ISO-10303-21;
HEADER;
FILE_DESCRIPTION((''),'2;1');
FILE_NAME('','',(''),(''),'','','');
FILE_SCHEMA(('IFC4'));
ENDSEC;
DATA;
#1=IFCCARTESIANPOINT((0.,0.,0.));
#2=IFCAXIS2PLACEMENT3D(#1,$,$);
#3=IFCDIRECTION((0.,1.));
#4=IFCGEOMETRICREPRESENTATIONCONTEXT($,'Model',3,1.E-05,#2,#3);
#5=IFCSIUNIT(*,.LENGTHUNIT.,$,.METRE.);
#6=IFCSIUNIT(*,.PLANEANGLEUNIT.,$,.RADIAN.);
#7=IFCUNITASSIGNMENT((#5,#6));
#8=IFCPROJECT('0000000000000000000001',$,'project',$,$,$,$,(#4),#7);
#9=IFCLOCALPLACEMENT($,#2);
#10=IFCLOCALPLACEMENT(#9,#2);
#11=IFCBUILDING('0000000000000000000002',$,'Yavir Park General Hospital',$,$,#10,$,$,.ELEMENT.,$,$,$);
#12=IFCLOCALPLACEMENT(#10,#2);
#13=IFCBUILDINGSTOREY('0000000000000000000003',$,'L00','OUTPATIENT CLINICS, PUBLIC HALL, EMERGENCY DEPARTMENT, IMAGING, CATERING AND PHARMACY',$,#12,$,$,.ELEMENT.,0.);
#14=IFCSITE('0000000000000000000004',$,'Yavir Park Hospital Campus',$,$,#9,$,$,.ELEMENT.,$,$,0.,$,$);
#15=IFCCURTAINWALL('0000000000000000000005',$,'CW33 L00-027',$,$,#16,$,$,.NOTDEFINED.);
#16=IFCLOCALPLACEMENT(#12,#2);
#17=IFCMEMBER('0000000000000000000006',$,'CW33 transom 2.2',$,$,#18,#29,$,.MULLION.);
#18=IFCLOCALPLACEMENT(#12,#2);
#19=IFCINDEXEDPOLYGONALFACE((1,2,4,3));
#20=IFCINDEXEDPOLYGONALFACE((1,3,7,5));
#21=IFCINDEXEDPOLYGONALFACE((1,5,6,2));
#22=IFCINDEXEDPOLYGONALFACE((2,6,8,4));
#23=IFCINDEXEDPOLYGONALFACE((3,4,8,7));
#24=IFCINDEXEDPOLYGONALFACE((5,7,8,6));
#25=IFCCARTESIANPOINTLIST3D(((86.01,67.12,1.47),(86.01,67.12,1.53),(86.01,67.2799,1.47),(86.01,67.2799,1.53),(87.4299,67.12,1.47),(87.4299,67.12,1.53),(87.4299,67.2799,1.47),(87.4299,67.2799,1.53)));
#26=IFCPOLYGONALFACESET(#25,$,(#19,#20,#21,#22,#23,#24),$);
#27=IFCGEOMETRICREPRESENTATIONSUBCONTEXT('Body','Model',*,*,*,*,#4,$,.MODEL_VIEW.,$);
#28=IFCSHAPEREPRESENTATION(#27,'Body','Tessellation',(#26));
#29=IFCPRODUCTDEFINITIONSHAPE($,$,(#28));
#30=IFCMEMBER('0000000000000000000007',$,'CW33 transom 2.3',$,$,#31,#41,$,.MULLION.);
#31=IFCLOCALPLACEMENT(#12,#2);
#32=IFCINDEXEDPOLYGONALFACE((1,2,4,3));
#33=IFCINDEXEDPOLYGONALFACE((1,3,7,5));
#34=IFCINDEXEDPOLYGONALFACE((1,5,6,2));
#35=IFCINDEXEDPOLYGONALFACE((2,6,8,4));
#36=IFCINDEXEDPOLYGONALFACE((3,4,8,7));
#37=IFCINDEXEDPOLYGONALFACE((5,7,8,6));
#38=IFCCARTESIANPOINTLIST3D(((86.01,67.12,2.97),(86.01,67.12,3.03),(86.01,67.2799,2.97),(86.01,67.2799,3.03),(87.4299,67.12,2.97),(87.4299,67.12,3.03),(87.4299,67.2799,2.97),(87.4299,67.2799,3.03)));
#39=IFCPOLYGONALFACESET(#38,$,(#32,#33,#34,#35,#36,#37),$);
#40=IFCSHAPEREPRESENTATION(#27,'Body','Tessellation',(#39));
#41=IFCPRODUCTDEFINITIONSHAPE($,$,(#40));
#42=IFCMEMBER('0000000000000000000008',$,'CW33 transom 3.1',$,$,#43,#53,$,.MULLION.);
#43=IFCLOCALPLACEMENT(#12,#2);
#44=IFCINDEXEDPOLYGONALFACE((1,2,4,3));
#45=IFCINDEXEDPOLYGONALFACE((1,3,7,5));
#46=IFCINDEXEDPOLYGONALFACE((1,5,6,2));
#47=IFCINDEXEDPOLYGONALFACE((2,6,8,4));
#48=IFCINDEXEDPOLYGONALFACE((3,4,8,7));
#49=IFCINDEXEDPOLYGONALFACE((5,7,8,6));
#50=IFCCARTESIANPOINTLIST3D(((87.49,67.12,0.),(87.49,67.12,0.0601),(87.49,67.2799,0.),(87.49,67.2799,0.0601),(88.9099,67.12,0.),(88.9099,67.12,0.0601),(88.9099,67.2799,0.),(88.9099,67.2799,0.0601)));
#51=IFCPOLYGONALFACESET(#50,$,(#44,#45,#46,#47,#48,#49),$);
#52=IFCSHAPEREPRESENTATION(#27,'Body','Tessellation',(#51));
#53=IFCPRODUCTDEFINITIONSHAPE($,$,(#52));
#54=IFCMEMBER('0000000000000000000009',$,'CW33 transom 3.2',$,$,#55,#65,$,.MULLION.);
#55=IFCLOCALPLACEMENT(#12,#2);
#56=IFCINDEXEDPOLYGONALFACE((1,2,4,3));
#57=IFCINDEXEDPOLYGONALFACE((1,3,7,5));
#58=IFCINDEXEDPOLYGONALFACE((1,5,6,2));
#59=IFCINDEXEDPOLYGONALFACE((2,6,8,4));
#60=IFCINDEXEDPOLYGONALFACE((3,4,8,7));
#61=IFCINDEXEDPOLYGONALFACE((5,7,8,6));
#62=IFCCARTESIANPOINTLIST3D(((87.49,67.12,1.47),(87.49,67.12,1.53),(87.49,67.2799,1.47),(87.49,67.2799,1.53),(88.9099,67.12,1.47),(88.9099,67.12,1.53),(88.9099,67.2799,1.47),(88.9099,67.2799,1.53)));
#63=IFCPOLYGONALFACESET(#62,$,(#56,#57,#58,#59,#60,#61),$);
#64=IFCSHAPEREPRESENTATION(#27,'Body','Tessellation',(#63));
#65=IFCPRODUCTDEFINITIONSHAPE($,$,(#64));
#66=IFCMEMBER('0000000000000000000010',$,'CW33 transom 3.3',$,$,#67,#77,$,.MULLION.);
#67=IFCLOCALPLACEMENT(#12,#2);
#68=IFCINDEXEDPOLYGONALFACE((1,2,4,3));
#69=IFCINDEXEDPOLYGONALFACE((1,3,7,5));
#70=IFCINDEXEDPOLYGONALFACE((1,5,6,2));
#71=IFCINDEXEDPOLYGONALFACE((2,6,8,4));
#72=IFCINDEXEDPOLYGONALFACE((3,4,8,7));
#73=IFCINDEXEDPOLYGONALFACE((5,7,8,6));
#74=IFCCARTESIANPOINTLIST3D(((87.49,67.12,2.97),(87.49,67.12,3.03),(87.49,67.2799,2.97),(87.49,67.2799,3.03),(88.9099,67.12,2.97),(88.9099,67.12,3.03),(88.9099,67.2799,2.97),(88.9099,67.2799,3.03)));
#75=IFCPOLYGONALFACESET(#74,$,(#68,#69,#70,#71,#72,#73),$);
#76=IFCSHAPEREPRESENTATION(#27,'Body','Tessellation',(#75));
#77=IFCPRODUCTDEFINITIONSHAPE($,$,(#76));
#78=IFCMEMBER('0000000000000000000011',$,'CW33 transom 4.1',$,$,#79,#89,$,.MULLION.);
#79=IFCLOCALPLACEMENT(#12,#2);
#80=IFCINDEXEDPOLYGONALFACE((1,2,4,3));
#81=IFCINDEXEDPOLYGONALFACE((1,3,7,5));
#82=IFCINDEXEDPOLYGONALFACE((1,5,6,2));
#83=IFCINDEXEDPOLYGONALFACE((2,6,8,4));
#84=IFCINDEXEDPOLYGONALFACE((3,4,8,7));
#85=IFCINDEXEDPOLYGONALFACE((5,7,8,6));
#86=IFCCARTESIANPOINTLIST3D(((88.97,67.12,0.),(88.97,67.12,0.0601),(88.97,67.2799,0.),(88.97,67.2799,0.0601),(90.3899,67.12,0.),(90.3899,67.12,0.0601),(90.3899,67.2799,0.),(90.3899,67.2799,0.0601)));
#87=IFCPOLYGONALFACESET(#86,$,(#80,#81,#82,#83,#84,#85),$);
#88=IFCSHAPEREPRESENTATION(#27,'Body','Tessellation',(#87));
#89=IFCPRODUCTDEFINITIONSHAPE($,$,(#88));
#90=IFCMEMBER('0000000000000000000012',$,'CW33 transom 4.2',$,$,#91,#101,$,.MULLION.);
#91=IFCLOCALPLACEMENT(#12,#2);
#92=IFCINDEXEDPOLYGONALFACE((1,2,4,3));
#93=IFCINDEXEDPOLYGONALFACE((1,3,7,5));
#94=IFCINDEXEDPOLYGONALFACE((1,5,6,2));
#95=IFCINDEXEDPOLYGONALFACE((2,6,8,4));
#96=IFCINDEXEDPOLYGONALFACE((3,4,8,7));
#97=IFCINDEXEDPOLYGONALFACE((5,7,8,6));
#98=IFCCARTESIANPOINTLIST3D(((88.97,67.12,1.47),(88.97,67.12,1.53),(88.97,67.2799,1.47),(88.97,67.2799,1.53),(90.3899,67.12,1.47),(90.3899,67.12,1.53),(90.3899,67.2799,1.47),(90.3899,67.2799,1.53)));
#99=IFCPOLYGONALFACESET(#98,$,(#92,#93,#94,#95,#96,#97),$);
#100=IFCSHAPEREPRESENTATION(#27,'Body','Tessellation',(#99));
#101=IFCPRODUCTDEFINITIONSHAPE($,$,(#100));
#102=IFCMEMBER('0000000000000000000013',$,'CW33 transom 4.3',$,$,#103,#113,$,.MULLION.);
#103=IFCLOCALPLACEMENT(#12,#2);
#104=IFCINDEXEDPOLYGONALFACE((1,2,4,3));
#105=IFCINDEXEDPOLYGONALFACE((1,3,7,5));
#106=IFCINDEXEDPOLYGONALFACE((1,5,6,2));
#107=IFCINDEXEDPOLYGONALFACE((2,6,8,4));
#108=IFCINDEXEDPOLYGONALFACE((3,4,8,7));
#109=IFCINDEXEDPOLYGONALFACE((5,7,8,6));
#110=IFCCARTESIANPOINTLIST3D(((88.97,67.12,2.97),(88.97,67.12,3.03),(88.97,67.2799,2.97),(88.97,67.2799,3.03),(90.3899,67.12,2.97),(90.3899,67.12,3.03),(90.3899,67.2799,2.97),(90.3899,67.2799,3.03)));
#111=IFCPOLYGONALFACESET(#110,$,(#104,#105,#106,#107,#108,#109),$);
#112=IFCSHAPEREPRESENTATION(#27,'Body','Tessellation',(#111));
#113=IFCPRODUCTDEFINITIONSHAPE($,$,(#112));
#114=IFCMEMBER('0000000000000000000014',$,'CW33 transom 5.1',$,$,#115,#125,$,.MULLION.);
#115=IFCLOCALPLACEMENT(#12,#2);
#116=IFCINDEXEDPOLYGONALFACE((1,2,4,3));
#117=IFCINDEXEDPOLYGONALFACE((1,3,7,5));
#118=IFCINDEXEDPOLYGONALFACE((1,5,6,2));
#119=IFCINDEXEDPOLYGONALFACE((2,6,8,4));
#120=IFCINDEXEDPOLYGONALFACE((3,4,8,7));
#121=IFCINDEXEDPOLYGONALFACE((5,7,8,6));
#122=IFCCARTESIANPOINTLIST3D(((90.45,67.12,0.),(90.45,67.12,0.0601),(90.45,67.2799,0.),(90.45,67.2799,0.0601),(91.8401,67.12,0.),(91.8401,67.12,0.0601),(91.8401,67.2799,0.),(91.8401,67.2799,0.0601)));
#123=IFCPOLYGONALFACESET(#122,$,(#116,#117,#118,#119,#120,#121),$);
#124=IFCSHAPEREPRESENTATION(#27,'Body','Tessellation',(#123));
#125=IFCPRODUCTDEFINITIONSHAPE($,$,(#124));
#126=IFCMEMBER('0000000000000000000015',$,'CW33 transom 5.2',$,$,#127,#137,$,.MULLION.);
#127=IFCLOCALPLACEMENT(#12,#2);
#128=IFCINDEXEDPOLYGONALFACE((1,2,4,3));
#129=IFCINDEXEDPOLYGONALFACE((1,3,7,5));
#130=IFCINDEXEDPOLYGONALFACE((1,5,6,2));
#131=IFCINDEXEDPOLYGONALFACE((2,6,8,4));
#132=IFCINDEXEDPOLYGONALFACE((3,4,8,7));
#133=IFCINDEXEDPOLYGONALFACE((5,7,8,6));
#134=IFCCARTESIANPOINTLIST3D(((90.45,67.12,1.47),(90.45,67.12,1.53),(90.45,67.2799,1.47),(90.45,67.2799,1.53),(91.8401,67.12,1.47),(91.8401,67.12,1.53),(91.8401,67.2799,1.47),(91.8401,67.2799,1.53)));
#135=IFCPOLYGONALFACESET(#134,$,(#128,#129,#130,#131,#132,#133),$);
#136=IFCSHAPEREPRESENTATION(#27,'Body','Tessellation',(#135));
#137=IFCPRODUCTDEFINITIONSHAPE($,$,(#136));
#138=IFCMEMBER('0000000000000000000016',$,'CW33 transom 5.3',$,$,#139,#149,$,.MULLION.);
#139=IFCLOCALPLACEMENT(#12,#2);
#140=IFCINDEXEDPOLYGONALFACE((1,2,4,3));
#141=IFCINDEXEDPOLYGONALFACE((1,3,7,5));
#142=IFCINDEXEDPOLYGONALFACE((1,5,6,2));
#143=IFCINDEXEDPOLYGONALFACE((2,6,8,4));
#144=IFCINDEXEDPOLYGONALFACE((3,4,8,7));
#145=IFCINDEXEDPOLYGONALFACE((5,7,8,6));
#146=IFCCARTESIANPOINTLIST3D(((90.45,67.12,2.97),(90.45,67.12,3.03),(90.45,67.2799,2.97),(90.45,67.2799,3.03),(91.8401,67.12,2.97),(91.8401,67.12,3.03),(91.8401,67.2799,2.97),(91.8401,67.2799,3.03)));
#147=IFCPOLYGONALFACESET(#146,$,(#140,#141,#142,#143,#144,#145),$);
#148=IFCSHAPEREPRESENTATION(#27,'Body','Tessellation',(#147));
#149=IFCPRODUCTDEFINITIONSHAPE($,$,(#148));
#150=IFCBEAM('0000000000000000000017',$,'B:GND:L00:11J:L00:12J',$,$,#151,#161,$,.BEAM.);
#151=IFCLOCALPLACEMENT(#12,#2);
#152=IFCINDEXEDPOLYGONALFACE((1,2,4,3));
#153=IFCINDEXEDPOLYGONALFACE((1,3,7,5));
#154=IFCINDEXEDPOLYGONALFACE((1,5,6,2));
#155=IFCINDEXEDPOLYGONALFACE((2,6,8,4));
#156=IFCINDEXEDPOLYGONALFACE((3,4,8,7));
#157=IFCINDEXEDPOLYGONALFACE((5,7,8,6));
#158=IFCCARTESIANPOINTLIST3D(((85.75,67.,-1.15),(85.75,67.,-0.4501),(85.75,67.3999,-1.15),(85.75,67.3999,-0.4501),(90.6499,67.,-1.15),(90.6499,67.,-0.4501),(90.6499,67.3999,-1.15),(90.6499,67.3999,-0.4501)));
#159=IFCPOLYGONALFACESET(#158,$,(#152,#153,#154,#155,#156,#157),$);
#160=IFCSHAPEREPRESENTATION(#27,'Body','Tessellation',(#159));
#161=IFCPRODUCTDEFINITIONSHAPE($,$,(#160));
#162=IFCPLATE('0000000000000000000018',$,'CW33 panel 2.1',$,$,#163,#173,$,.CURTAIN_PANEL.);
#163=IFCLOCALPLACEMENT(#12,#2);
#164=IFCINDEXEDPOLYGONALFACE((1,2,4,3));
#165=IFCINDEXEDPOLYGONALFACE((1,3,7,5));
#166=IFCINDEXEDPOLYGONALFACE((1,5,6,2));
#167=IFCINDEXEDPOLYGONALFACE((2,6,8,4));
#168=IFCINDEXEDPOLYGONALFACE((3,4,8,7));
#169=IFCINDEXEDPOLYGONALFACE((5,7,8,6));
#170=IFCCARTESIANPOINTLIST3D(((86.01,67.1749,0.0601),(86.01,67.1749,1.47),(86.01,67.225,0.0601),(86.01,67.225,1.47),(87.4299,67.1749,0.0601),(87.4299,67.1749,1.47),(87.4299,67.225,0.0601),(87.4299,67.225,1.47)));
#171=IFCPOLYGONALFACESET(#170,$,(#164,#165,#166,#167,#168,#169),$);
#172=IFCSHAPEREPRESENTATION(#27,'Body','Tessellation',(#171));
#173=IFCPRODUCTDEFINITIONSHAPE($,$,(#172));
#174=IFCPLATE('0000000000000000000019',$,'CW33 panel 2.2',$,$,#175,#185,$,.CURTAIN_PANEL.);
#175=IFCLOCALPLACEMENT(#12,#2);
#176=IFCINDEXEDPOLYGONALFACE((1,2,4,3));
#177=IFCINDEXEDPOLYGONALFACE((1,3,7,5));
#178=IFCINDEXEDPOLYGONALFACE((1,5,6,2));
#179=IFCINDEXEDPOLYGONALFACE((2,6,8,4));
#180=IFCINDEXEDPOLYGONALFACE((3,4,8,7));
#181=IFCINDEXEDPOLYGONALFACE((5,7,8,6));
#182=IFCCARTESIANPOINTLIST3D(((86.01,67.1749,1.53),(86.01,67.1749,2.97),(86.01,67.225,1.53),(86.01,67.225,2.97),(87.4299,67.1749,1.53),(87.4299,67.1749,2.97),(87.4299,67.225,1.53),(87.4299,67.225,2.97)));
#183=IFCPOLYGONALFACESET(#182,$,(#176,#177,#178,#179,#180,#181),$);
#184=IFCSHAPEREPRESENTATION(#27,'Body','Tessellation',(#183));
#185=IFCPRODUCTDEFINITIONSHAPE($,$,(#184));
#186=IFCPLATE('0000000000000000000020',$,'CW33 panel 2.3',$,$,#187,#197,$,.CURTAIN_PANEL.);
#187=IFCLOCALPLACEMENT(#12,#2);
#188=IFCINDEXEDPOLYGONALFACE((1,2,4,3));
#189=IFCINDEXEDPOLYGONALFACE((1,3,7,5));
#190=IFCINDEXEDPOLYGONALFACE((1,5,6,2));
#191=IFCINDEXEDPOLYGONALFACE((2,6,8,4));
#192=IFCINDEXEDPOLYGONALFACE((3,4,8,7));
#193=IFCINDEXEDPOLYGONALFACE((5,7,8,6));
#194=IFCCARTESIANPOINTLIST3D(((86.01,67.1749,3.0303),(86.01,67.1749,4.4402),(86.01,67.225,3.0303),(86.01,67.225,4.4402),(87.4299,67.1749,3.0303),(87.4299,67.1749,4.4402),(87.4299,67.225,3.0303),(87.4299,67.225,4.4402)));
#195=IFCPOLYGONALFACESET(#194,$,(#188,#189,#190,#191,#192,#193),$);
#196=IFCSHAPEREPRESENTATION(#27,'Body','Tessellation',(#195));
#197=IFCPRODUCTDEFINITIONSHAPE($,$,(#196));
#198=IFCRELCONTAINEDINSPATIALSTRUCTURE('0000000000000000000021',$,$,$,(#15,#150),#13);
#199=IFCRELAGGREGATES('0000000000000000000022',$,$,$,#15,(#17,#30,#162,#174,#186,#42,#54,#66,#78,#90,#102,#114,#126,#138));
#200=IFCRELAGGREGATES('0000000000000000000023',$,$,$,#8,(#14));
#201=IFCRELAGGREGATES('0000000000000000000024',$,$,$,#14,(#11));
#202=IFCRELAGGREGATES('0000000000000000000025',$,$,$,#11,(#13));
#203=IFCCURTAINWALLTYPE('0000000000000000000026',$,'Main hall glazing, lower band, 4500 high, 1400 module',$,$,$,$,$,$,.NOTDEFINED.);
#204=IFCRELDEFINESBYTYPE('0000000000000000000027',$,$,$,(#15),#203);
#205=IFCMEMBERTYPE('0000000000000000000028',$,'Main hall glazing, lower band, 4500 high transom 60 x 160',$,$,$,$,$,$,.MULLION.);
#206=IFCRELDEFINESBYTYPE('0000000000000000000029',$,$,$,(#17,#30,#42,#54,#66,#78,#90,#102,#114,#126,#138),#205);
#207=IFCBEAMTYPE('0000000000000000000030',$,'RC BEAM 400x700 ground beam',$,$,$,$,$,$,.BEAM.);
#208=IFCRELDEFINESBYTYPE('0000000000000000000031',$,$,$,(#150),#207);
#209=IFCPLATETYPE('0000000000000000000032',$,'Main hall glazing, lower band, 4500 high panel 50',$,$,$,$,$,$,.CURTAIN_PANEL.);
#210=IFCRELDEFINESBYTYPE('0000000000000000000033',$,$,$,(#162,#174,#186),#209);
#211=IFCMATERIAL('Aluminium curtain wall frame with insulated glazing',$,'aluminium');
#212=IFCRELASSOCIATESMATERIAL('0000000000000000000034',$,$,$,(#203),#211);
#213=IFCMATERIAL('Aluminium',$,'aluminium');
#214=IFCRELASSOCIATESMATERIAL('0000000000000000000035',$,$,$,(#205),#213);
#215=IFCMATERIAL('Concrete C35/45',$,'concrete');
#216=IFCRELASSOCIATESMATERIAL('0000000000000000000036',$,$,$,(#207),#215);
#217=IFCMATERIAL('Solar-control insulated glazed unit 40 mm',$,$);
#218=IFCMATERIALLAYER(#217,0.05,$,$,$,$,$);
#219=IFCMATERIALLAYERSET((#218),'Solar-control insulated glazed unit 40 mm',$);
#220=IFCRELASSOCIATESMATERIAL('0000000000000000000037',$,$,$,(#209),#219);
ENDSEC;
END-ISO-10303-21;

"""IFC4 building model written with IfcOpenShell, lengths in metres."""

from ifc_helpers import new_model, si_unit, direction, frame, origin, origin_2d, place, context, subcontext, project, spatial, rectangle, extrude, material, layer, layer_set, material_profile, profile_set, type_object, element, aggregate, save


model = new_model("IFC4")

# Units and contexts
model_context = context("Model", 3, precision=1e-05, world=origin(), true_north=direction((0.0, 1.0)))
body_context = subcontext(model_context, "Body", "Model", "MODEL_VIEW")
ifc_project = project(units=[si_unit("LENGTHUNIT", "METRE"), si_unit("PLANEANGLEUNIT", "RADIAN")], contexts=[model_context])

# Site, building, storey
site_placement = place(None, origin())
site = spatial("IfcSite", under=ifc_project, at=site_placement, Name="Yavir Park Hospital Campus", CompositionType="ELEMENT", RefElevation=0.0)
building_placement = place(site_placement, origin())
building = spatial("IfcBuilding", under=site, at=building_placement, Name="Yavir Park General Hospital", CompositionType="ELEMENT")
storey_placement = place(building_placement, origin())
storey = spatial("IfcBuildingStorey", under=building, at=storey_placement, Name="L00", Description="OUTPATIENT CLINICS, PUBLIC HALL, EMERGENCY DEPARTMENT, IMAGING, CATERING AND PHARMACY", CompositionType="ELEMENT", Elevation=0.0)

# Curtain wall, members
ifc_material_1 = material(Name="Aluminium curtain wall frame with insulated glazing", Category="aluminium")
curtain_wall_type = type_object("IfcCurtainWallType", Name="Main hall glazing, lower band, 4500 high, 1400 module", PredefinedType="NOTDEFINED", material=ifc_material_1)
curtain_wall_placement = place(storey_placement, origin())
curtain_wall = element("IfcCurtainWall", 1, at=curtain_wall_placement, inside=storey, type_object=curtain_wall_type, Name="CW33 L00-027", PredefinedType="NOTDEFINED")
ifc_material_2 = material(Name="Aluminium", Category="aluminium")
ifc_material_profile_1 = material_profile(ifc_material_2, rectangle(XDim=0.1599, YDim=0.0601, at=origin_2d()), Name="AL 160x60")
ifc_profile_set_1 = profile_set([ifc_material_profile_1], Name="Aluminium")
member_type_1 = type_object("IfcMemberType", Name="Main hall glazing, lower band, 4500 high transom 60 x 160", PredefinedType="MULLION", material=ifc_profile_set_1)
member_1_placement = place(storey_placement, frame((86.01, 67.2, 1.5), z_axis=(1.0, 0.0, 0.0), x_axis=(0.0, 1.0, 0.0)))
member_1 = element("IfcMember", 2, at=member_1_placement, type_object=member_type_1, Name="CW33 transom 2.2", PredefinedType="MULLION", context=body_context, shape_type="SweptSolid", body=[
    extrude(rectangle(XDim=0.1599, YDim=0.0601, at=origin_2d()), origin(), (0.0, 0.0, 1.0), 1.4199),
])
member_2_placement = place(storey_placement, frame((86.01, 67.2, 3.0), z_axis=(1.0, 0.0, 0.0), x_axis=(0.0, 1.0, 0.0)))
member_2 = element("IfcMember", 3, at=member_2_placement, type_object=member_type_1, Name="CW33 transom 2.3", PredefinedType="MULLION", context=body_context, shape_type="SweptSolid", body=[
    extrude(rectangle(XDim=0.1599, YDim=0.0601, at=origin_2d()), origin(), (0.0, 0.0, 1.0), 1.4199),
])
member_3_placement = place(storey_placement, frame((87.49, 67.2, 0.03), z_axis=(1.0, 0.0, 0.0), x_axis=(0.0, 1.0, 0.0)))
member_3 = element("IfcMember", 4, at=member_3_placement, type_object=member_type_1, Name="CW33 transom 3.1", PredefinedType="MULLION", context=body_context, shape_type="SweptSolid", body=[
    extrude(rectangle(XDim=0.1599, YDim=0.0601, at=origin_2d()), origin(), (0.0, 0.0, 1.0), 1.4199),
])
member_4_placement = place(storey_placement, frame((87.49, 67.2, 1.5), z_axis=(1.0, 0.0, 0.0), x_axis=(0.0, 1.0, 0.0)))
member_4 = element("IfcMember", 5, at=member_4_placement, type_object=member_type_1, Name="CW33 transom 3.2", PredefinedType="MULLION", context=body_context, shape_type="SweptSolid", body=[
    extrude(rectangle(XDim=0.1599, YDim=0.0601, at=origin_2d()), origin(), (0.0, 0.0, 1.0), 1.4199),
])
member_5_placement = place(storey_placement, frame((87.49, 67.2, 3.0), z_axis=(1.0, 0.0, 0.0), x_axis=(0.0, 1.0, 0.0)))
member_5 = element("IfcMember", 6, at=member_5_placement, type_object=member_type_1, Name="CW33 transom 3.3", PredefinedType="MULLION", context=body_context, shape_type="SweptSolid", body=[
    extrude(rectangle(XDim=0.1599, YDim=0.0601, at=origin_2d()), origin(), (0.0, 0.0, 1.0), 1.4199),
])
member_6_placement = place(storey_placement, frame((88.97, 67.2, 0.03), z_axis=(1.0, 0.0, 0.0), x_axis=(0.0, 1.0, 0.0)))
member_6 = element("IfcMember", 7, at=member_6_placement, type_object=member_type_1, Name="CW33 transom 4.1", PredefinedType="MULLION", context=body_context, shape_type="SweptSolid", body=[
    extrude(rectangle(XDim=0.1599, YDim=0.0601, at=origin_2d()), origin(), (0.0, 0.0, 1.0), 1.4199),
])
member_7_placement = place(storey_placement, frame((88.97, 67.2, 1.5), z_axis=(1.0, 0.0, 0.0), x_axis=(0.0, 1.0, 0.0)))
member_7 = element("IfcMember", 8, at=member_7_placement, type_object=member_type_1, Name="CW33 transom 4.2", PredefinedType="MULLION", context=body_context, shape_type="SweptSolid", body=[
    extrude(rectangle(XDim=0.1599, YDim=0.0601, at=origin_2d()), origin(), (0.0, 0.0, 1.0), 1.4199),
])
member_8_placement = place(storey_placement, frame((88.97, 67.2, 3.0), z_axis=(1.0, 0.0, 0.0), x_axis=(0.0, 1.0, 0.0)))
member_8 = element("IfcMember", 9, at=member_8_placement, type_object=member_type_1, Name="CW33 transom 4.3", PredefinedType="MULLION", context=body_context, shape_type="SweptSolid", body=[
    extrude(rectangle(XDim=0.1599, YDim=0.0601, at=origin_2d()), origin(), (0.0, 0.0, 1.0), 1.4199),
])
member_9_placement = place(storey_placement, frame((90.45, 67.2, 0.03), z_axis=(1.0, 0.0, 0.0), x_axis=(0.0, 1.0, 0.0)))
member_9 = element("IfcMember", 10, at=member_9_placement, type_object=member_type_1, Name="CW33 transom 5.1", PredefinedType="MULLION", context=body_context, shape_type="SweptSolid", body=[
    extrude(rectangle(XDim=0.1599, YDim=0.0601, at=origin_2d()), origin(), (0.0, 0.0, 1.0), 1.3901),
])
member_10_placement = place(storey_placement, frame((90.45, 67.2, 1.5), z_axis=(1.0, 0.0, 0.0), x_axis=(0.0, 1.0, 0.0)))
member_10 = element("IfcMember", 11, at=member_10_placement, type_object=member_type_1, Name="CW33 transom 5.2", PredefinedType="MULLION", context=body_context, shape_type="SweptSolid", body=[
    extrude(rectangle(XDim=0.1599, YDim=0.0601, at=origin_2d()), origin(), (0.0, 0.0, 1.0), 1.3901),
])
member_11_placement = place(storey_placement, frame((90.45, 67.2, 3.0), z_axis=(1.0, 0.0, 0.0), x_axis=(0.0, 1.0, 0.0)))
member_11 = element("IfcMember", 12, at=member_11_placement, type_object=member_type_1, Name="CW33 transom 5.3", PredefinedType="MULLION", context=body_context, shape_type="SweptSolid", body=[
    extrude(rectangle(XDim=0.1599, YDim=0.0601, at=origin_2d()), origin(), (0.0, 0.0, 1.0), 1.3901),
])

# Beam
ifc_material_3 = material(Name="Concrete C35/45", Category="concrete")
ifc_material_profile_2 = material_profile(ifc_material_3, rectangle(XDim=0.3999, YDim=0.7, at=origin_2d()), Name="RC400x700")
ifc_profile_set_2 = profile_set([ifc_material_profile_2], Name="Concrete C35/45")
beam_type = type_object("IfcBeamType", Name="RC BEAM 400x700 ground beam", PredefinedType="BEAM", material=ifc_profile_set_2)
beam_placement = place(storey_placement, frame((85.75, 67.2, -0.8), z_axis=(1.0, 0.0, 0.0), x_axis=(0.0, 1.0, 0.0)))
element("IfcBeam", 13, at=beam_placement, inside=storey, type_object=beam_type, Name="B:GND:L00:11J:L00:12J", PredefinedType="BEAM", context=body_context, shape_type="SweptSolid", body=[
    extrude(rectangle(XDim=0.3999, YDim=0.7, at=origin_2d()), origin(), (0.0, 0.0, 1.0), 4.8999),
])

# Plates
ifc_material_4 = material(Name="Solar-control insulated glazed unit 40 mm")
ifc_layer = layer(ifc_material_4, 0.05)
ifc_layer_set = layer_set([ifc_layer], Name="Solar-control insulated glazed unit 40 mm")
plate_type = type_object("IfcPlateType", Name="Main hall glazing, lower band, 4500 high panel 50", PredefinedType="CURTAIN_PANEL", material=ifc_layer_set)
plate_1_placement = place(storey_placement, frame((86.72, 67.2, 0.0601), z_axis=(0.0, 0.0, 1.0), x_axis=(1.0, 0.0, 0.0)))
plate_1 = element("IfcPlate", 14, at=plate_1_placement, type_object=plate_type, Name="CW33 panel 2.1", PredefinedType="CURTAIN_PANEL", context=body_context, shape_type="SweptSolid", body=[
    extrude(rectangle(XDim=1.4199, YDim=0.05, at=origin_2d()), origin(), (0.0, 0.0, 1.0), 1.4099),
])
plate_2_placement = place(storey_placement, frame((86.72, 67.2, 1.53), z_axis=(0.0, 0.0, 1.0), x_axis=(1.0, 0.0, 0.0)))
plate_2 = element("IfcPlate", 15, at=plate_2_placement, type_object=plate_type, Name="CW33 panel 2.2", PredefinedType="CURTAIN_PANEL", context=body_context, shape_type="SweptSolid", body=[
    extrude(rectangle(XDim=1.4199, YDim=0.05, at=origin_2d()), origin(), (0.0, 0.0, 1.0), 1.4399),
])
plate_3_placement = place(storey_placement, frame((86.72, 67.2, 3.0303), z_axis=(0.0, 0.0, 1.0), x_axis=(1.0, 0.0, 0.0)))
plate_3 = element("IfcPlate", 16, at=plate_3_placement, type_object=plate_type, Name="CW33 panel 2.3", PredefinedType="CURTAIN_PANEL", context=body_context, shape_type="SweptSolid", body=[
    extrude(rectangle(XDim=1.4199, YDim=0.05, at=origin_2d()), origin(), (0.0, 0.0, 1.0), 1.4099),
])
aggregate(curtain_wall, [member_1, member_2, plate_1, plate_2, plate_3, member_3, member_4, member_5, member_6, member_7, member_8, member_9, member_10, member_11])

save(model, "model.ifc")
